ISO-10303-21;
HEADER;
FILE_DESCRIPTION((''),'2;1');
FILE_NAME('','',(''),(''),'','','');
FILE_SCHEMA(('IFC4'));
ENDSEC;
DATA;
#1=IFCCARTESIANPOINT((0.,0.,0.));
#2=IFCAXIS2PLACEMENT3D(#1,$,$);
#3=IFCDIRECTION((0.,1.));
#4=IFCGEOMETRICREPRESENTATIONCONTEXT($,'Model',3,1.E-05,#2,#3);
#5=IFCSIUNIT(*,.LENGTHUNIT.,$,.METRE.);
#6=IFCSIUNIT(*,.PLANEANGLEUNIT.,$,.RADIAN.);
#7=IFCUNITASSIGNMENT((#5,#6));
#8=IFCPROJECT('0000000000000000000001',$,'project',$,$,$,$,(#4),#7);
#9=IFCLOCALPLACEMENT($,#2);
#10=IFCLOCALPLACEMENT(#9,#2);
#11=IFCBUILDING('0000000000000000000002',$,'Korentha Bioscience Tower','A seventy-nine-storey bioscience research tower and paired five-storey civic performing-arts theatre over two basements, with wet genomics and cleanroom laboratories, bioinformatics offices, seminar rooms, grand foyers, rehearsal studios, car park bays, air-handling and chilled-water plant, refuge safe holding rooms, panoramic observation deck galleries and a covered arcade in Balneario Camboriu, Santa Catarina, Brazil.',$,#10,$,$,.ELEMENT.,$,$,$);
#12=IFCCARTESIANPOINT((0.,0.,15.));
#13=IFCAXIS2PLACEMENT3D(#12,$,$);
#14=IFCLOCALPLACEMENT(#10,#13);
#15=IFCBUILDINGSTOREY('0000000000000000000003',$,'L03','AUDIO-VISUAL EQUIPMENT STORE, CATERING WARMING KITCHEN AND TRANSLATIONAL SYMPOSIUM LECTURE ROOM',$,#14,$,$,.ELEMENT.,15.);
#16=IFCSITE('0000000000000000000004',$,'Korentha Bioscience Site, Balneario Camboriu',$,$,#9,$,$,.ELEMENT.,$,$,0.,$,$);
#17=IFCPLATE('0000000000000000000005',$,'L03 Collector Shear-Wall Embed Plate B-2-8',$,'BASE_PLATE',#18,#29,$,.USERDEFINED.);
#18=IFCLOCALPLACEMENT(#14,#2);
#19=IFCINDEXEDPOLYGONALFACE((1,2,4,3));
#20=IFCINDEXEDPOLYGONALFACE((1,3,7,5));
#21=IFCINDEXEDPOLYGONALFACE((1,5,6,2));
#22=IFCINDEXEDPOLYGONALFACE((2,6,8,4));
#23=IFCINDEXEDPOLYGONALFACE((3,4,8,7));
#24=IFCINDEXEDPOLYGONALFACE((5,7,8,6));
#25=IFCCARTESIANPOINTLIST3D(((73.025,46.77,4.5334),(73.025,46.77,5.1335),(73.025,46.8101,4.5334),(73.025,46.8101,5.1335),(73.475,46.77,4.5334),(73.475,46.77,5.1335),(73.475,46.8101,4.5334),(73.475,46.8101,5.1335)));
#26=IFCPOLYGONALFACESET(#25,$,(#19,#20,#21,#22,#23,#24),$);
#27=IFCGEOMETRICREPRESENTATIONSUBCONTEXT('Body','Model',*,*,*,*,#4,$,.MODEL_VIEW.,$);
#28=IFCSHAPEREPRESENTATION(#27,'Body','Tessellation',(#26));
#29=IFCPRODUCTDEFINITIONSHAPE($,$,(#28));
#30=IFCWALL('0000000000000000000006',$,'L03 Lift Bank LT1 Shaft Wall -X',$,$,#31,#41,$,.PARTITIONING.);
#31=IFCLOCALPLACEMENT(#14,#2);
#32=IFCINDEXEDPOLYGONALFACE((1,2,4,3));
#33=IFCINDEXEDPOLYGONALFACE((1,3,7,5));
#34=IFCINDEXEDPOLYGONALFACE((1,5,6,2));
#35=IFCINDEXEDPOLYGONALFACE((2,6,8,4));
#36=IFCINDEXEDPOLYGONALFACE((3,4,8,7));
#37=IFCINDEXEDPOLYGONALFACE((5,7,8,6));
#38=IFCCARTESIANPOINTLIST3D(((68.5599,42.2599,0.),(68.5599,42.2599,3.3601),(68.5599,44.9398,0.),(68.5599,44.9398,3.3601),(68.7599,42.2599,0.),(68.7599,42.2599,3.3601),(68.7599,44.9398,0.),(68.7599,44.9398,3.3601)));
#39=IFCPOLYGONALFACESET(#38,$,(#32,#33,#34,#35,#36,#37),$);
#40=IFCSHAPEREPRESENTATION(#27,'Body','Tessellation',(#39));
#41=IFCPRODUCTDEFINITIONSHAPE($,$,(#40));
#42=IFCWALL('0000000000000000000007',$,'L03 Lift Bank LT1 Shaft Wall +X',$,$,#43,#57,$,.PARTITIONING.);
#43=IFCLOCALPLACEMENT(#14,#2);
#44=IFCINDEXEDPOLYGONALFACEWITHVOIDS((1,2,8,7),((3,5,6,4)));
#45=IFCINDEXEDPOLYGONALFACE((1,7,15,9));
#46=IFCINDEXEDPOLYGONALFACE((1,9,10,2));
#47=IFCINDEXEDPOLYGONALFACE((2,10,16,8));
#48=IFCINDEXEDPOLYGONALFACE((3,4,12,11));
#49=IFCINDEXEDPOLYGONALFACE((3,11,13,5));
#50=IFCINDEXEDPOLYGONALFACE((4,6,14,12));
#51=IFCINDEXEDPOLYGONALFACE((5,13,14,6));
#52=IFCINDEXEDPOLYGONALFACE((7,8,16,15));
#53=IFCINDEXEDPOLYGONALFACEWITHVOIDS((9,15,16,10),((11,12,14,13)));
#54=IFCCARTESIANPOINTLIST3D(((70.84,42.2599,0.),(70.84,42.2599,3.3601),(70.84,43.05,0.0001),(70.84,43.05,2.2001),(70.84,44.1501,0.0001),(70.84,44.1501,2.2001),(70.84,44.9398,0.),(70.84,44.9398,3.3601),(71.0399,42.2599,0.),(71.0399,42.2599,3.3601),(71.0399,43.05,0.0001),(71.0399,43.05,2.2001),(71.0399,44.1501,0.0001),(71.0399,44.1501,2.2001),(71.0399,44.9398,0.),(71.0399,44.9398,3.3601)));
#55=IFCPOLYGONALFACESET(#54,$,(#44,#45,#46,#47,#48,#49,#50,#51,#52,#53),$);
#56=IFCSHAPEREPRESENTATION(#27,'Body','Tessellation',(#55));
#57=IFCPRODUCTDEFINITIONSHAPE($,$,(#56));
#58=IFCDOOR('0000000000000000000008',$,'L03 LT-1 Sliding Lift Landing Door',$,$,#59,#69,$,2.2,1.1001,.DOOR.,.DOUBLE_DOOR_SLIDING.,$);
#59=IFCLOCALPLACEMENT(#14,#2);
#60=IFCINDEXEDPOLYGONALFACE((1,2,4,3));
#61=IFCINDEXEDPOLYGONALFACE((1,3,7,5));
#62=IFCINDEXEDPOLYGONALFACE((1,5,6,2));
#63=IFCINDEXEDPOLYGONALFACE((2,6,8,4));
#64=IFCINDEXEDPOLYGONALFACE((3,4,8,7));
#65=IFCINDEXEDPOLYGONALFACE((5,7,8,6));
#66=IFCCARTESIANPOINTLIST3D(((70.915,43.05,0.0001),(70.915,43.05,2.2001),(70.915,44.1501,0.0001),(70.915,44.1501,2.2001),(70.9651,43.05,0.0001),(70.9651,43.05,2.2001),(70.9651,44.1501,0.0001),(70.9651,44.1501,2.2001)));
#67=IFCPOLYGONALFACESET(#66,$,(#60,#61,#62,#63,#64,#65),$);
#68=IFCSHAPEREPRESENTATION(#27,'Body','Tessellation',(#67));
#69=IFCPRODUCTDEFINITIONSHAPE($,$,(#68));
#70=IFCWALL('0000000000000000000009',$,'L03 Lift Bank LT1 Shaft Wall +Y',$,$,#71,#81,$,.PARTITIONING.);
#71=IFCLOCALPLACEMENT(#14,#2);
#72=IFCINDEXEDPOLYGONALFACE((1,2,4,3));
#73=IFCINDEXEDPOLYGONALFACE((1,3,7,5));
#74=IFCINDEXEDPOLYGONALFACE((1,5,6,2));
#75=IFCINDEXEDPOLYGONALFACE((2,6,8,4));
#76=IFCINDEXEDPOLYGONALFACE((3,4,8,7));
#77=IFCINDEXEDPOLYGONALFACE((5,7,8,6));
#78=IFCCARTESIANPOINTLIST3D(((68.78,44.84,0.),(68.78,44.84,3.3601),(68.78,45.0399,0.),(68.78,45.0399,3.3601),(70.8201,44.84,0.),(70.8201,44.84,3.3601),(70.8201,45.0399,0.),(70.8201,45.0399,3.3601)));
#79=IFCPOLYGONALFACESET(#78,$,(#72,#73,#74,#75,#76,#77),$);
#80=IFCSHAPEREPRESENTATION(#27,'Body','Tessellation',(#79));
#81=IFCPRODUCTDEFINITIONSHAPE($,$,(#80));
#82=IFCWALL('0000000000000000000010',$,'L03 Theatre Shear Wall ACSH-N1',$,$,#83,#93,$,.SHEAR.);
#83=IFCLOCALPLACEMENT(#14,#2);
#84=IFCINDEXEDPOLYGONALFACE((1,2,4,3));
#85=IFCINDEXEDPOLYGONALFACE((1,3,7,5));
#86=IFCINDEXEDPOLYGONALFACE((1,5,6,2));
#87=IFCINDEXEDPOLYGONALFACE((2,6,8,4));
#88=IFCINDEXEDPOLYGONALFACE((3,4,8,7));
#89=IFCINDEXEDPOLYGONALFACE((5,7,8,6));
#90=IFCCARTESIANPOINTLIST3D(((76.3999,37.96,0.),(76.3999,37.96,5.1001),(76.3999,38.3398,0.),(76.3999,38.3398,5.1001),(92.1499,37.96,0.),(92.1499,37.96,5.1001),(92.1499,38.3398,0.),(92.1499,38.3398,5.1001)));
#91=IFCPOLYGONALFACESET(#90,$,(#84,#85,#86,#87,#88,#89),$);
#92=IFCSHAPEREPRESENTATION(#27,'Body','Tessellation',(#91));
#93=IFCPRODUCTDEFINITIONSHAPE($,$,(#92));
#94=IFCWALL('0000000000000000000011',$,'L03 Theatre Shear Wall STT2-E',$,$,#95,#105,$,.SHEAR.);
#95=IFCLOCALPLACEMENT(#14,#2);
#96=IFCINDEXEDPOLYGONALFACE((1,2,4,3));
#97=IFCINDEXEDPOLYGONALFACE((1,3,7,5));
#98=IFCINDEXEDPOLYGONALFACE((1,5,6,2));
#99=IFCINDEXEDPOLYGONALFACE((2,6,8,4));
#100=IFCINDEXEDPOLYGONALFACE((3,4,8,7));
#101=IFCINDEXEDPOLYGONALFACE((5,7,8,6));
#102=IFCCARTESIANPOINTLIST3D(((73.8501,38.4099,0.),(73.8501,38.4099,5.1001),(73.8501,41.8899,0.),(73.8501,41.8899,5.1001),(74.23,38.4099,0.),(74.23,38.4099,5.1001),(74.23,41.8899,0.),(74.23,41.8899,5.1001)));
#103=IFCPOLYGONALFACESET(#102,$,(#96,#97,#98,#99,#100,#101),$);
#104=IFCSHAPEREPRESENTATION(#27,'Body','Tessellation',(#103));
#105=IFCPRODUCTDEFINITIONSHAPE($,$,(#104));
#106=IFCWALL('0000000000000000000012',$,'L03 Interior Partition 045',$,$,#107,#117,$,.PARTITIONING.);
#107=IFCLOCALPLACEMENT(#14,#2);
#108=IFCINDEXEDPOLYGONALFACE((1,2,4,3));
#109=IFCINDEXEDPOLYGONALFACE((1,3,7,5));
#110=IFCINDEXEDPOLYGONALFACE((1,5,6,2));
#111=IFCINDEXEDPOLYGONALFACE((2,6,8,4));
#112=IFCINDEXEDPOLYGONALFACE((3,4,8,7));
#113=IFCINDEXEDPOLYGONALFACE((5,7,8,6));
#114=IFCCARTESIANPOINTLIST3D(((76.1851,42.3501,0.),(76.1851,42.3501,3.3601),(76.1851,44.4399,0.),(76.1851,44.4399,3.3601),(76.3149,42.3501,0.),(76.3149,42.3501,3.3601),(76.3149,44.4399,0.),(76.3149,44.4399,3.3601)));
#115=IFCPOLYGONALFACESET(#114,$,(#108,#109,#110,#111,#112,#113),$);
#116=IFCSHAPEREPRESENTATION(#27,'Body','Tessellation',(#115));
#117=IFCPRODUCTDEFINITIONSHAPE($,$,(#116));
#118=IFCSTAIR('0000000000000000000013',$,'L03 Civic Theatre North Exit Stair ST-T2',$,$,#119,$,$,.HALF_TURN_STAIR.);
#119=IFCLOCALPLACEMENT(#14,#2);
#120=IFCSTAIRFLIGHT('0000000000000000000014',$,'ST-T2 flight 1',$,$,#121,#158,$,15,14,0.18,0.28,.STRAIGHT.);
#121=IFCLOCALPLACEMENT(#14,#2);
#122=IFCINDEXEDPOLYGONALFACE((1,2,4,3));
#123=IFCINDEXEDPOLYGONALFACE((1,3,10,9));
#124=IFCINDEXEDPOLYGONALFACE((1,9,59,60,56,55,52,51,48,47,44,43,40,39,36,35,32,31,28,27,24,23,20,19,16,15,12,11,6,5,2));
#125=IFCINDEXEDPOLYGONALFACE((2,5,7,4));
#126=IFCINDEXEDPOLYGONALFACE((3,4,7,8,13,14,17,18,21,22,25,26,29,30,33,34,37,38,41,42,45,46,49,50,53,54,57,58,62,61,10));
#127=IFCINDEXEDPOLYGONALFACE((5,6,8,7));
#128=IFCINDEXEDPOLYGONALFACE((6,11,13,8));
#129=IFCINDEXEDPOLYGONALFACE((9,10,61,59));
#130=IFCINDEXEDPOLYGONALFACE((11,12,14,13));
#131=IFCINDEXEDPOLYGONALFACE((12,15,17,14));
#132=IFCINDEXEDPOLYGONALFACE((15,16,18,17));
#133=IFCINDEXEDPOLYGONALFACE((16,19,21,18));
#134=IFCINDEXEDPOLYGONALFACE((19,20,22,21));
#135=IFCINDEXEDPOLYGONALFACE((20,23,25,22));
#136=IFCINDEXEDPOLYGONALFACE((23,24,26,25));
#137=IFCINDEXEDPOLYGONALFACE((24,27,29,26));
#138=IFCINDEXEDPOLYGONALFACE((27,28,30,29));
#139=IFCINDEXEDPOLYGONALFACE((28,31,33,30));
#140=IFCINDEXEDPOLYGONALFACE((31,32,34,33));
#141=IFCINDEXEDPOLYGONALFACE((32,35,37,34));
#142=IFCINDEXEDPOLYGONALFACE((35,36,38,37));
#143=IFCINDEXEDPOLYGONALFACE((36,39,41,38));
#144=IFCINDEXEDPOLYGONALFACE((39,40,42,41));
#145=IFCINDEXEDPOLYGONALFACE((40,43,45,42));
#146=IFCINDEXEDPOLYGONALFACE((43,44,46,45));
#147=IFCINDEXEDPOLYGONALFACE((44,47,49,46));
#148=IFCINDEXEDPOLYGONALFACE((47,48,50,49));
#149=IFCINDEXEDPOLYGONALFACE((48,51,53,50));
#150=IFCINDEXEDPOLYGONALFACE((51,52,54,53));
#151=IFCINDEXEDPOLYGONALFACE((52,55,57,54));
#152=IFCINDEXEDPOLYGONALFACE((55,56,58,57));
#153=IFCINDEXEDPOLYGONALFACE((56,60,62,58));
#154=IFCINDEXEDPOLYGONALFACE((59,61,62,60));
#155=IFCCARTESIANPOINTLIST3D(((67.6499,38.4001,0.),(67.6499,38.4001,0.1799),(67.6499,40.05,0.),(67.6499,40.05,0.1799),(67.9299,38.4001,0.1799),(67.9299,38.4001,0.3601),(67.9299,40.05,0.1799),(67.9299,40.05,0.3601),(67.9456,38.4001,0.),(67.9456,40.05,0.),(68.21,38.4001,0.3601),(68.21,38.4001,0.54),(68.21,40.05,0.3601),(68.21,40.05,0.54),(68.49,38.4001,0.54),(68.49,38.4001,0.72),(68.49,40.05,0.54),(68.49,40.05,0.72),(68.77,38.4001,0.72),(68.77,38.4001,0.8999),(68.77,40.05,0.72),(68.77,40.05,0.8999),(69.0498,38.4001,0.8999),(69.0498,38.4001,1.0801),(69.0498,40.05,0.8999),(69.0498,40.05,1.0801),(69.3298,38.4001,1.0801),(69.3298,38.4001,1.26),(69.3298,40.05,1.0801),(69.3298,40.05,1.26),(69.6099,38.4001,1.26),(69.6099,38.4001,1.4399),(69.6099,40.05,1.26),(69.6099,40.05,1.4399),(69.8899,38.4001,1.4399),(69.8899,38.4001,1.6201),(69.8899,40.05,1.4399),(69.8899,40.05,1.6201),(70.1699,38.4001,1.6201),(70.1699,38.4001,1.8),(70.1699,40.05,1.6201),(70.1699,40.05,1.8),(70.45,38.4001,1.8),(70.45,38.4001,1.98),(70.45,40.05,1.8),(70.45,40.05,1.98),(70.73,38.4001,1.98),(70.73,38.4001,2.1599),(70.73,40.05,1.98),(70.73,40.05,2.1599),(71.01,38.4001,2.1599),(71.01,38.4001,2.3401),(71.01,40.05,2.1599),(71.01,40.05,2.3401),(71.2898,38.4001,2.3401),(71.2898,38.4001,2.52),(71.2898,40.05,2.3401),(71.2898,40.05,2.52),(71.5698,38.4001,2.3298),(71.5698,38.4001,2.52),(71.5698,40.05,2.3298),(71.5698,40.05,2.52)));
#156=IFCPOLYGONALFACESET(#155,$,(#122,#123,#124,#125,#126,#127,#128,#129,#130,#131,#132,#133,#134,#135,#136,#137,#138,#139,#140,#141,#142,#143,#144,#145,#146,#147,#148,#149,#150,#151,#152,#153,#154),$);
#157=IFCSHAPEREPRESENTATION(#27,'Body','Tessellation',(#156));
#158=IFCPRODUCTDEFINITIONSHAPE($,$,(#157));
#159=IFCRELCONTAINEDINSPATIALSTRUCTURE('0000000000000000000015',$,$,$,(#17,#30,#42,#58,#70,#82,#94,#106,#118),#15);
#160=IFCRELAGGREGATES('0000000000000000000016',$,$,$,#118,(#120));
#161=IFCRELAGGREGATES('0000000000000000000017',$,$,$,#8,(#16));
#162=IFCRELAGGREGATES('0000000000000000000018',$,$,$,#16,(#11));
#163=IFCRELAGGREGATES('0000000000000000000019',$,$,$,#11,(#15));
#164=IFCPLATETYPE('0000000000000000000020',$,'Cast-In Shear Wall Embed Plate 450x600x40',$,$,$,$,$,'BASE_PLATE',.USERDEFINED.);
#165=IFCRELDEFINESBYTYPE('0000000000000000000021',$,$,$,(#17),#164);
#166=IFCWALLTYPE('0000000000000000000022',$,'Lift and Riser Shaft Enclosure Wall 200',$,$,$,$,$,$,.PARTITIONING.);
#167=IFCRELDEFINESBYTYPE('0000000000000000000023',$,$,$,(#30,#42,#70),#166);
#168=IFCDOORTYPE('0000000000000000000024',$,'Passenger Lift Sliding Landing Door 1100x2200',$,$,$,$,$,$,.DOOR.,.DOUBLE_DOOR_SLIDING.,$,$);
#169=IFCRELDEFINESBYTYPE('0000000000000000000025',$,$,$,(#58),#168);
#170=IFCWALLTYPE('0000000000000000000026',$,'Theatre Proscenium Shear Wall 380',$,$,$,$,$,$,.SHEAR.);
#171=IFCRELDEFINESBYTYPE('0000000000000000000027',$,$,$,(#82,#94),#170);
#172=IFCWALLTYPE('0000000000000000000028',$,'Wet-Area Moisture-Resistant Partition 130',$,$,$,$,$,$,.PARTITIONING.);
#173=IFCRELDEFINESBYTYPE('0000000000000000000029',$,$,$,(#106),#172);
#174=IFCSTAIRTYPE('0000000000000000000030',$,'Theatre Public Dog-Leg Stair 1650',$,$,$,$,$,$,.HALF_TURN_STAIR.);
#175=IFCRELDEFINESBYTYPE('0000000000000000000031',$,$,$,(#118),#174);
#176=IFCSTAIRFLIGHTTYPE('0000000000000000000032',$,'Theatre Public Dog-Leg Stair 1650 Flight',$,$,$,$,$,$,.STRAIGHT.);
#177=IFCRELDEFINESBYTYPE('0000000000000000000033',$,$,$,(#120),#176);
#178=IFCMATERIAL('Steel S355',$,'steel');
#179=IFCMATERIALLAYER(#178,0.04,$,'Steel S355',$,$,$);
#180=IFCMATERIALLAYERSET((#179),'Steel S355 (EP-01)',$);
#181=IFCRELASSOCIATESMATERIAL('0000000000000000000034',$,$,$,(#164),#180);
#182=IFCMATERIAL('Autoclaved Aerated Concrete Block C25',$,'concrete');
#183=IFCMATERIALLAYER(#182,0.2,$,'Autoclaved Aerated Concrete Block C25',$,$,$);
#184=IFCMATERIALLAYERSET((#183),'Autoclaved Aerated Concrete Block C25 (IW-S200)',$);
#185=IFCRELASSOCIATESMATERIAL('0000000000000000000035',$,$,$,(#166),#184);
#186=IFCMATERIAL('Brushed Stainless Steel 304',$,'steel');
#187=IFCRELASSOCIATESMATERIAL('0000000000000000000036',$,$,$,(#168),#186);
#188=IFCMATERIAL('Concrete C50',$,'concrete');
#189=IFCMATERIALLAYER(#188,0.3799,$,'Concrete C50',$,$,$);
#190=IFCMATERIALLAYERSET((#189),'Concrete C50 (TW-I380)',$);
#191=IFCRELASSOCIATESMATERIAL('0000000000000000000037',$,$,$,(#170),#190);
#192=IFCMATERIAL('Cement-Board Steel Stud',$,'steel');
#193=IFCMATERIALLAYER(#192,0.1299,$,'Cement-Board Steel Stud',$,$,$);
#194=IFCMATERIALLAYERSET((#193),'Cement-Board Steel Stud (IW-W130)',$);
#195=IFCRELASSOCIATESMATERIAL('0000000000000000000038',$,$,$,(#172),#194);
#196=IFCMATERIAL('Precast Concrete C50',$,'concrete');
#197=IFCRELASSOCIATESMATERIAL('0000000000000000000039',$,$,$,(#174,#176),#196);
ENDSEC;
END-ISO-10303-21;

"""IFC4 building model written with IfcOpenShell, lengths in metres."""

from ifc_helpers import new_model, si_unit, direction, frame, frame_2d, origin, origin_2d, place, context, subcontext, project, spatial, polyline, rectangle, outline, extrude, material, layer, layer_set, type_object, element, fill, aggregate, save


model = new_model("IFC4")

# Units and contexts
model_context = context("Model", 3, precision=1e-05, world=origin(), true_north=direction((0.0, 1.0)))
body_context = subcontext(model_context, "Body", "Model", "MODEL_VIEW")
ifc_project = project(units=[si_unit("LENGTHUNIT", "METRE"), si_unit("PLANEANGLEUNIT", "RADIAN")], contexts=[model_context])

# Site, building, storey
site_placement = place(None, origin())
site = spatial("IfcSite", under=ifc_project, at=site_placement, Name="Korentha Bioscience Site, Balneario Camboriu", CompositionType="ELEMENT", RefElevation=0.0)
building_placement = place(site_placement, origin())
building = spatial("IfcBuilding", under=site, at=building_placement, Name="Korentha Bioscience Tower", Description="A seventy-nine-storey bioscience research tower and paired five-storey civic performing-arts theatre over two basements, with wet genomics and cleanroom laboratories, bioinformatics offices, seminar rooms, grand foyers, rehearsal studios, car park bays, air-handling and chilled-water plant, refuge safe holding rooms, panoramic observation deck galleries and a covered arcade in Balneario Camboriu, Santa Catarina, Brazil.", CompositionType="ELEMENT")
storey_placement = place(building_placement, frame((0.0, 0.0, 15.0)))
storey = spatial("IfcBuildingStorey", under=building, at=storey_placement, Name="L03", Description="AUDIO-VISUAL EQUIPMENT STORE, CATERING WARMING KITCHEN AND TRANSLATIONAL SYMPOSIUM LECTURE ROOM", CompositionType="ELEMENT", Elevation=15.0)

# Shared definitions
ifc_material_1 = material(Name="Concrete C50", Category="concrete")

# Shared definitions
ifc_material_2 = material(Name="Steel S355", Category="steel")

# Plate
ifc_layer_1 = layer(ifc_material_2, 0.04, Name="Steel S355")
ifc_layer_set_1 = layer_set([ifc_layer_1], Name="Steel S355 (EP-01)")
plate_type = type_object("IfcPlateType", Name="Cast-In Shear Wall Embed Plate 450x600x40", ElementType="BASE_PLATE", PredefinedType="USERDEFINED", material=ifc_layer_set_1)
for number, where, z_axis, x_axis, name in (
    (1, (73.25, 46.79, 4.5334), (0.0, 0.0, 1.0), (1.0, 0.0, 0.0), "L03 Collector Shear-Wall Embed Plate B-2-8"),
):
    element("IfcPlate", number, at=place(storey_placement, frame(where, z_axis=z_axis, x_axis=x_axis)), inside=storey, type_object=plate_type, Name=name, ObjectType="BASE_PLATE", PredefinedType="USERDEFINED", context=body_context, shape_type="SweptSolid", body=[
        extrude(rectangle(XDim=0.45, YDim=0.04, at=origin_2d()), origin(), (0.0, 0.0, 1.0), 0.6001),
    ])

# Wall
ifc_material_3 = material(Name="Autoclaved Aerated Concrete Block C25", Category="concrete")
ifc_layer_2 = layer(ifc_material_3, 0.2, Name="Autoclaved Aerated Concrete Block C25")
ifc_layer_set_2 = layer_set([ifc_layer_2], Name="Autoclaved Aerated Concrete Block C25 (IW-S200)")
wall_type_1 = type_object("IfcWallType", Name="Lift and Riser Shaft Enclosure Wall 200", PredefinedType="PARTITIONING", material=ifc_layer_set_2)
wall_1_placement = place(storey_placement, frame((68.6599, 42.26, 0.0), z_axis=(0.0, 0.0, 1.0), x_axis=(0.0, 1.0, 0.0)))
element("IfcWall", 2, at=wall_1_placement, inside=storey, type_object=wall_type_1, Name="L03 Lift Bank LT1 Shaft Wall -X", PredefinedType="PARTITIONING", context=body_context, shape_type="SweptSolid", body=[
    extrude(rectangle(XDim=2.6799, YDim=0.2, at=frame_2d((1.3398, 0.0))), origin(), (0.0, 0.0, 1.0), 3.3601),
])

# Wall, opening, door
wall_2_placement = place(storey_placement, frame((70.9399, 42.26, 0.0), z_axis=(0.0, 0.0, 1.0), x_axis=(0.0, 1.0, 0.0)))
wall_2 = element("IfcWall", 3, at=wall_2_placement, inside=storey, type_object=wall_type_1, Name="L03 Lift Bank LT1 Shaft Wall +X", PredefinedType="PARTITIONING", context=body_context, shape_type="SweptSolid", body=[
    extrude(rectangle(XDim=2.6799, YDim=0.2, at=frame_2d((1.3398, 0.0))), origin(), (0.0, 0.0, 1.0), 3.3601),
])
opening_1_placement = place(wall_2_placement, frame((0.79, 0.0, 0.0)))
opening_1 = element("IfcOpeningElement", 4, at=opening_1_placement, cuts=wall_2, PredefinedType="OPENING", context=body_context, shape_type="SweptSolid", body=[
    extrude(rectangle(XDim=1.1001, YDim=2.2, at=frame_2d((0.55, 1.1001))), frame((0.0, 0.1147, 0.0), z_axis=(0.0, -1.0, 0.0), x_axis=(1.0, 0.0, 0.0)), (0.0, 0.0, 1.0), 0.2297),
])
ifc_material_4 = material(Name="Brushed Stainless Steel 304", Category="steel")
door_type_1 = type_object("IfcDoorType", Name="Passenger Lift Sliding Landing Door 1100x2200", OperationType="DOUBLE_DOOR_SLIDING", PredefinedType="DOOR", material=ifc_material_4)
door_1_placement = place(opening_1_placement, origin())
door_1 = element("IfcDoor", 5, at=door_1_placement, inside=storey, type_object=door_type_1, Name="L03 LT-1 Sliding Lift Landing Door", OperationType="DOUBLE_DOOR_SLIDING", OverallHeight=2.2, OverallWidth=1.1001, PredefinedType="DOOR", context=body_context, shape_type="SweptSolid", body=[
    extrude(rectangle(XDim=1.1001, YDim=2.2, at=frame_2d((0.55, 1.1001))), frame((0.0, 0.0249, 0.0), z_axis=(0.0, -1.0, 0.0), x_axis=(1.0, 0.0, 0.0)), (0.0, 0.0, 1.0), 0.05),
])
fill(opening_1, door_1)

# Walls
wall_3_placement = place(storey_placement, frame((68.78, 44.9399, 0.0), z_axis=(0.0, 0.0, 1.0), x_axis=(1.0, 0.0, 0.0)))
element("IfcWall", 6, at=wall_3_placement, inside=storey, type_object=wall_type_1, Name="L03 Lift Bank LT1 Shaft Wall +Y", PredefinedType="PARTITIONING", context=body_context, shape_type="SweptSolid", body=[
    extrude(rectangle(XDim=2.04, YDim=0.2, at=frame_2d((1.02, 0.0))), origin(), (0.0, 0.0, 1.0), 3.3601),
])
ifc_layer_3 = layer(ifc_material_1, 0.3799, Name="Concrete C50")
ifc_layer_set_3 = layer_set([ifc_layer_3], Name="Concrete C50 (TW-I380)")
wall_type_2 = type_object("IfcWallType", Name="Theatre Proscenium Shear Wall 380", PredefinedType="SHEAR", material=ifc_layer_set_3)
wall_4_placement = place(storey_placement, frame((76.3999, 38.1499, 0.0), z_axis=(0.0, 0.0, 1.0), x_axis=(1.0, 0.0, 0.0)))
element("IfcWall", 7, at=wall_4_placement, inside=storey, type_object=wall_type_2, Name="L03 Theatre Shear Wall ACSH-N1", PredefinedType="SHEAR", context=body_context, shape_type="SweptSolid", body=[
    extrude(rectangle(XDim=15.75, YDim=0.3799, at=frame_2d((7.875, 0.0))), origin(), (0.0, 0.0, 1.0), 5.1001),
])
wall_5_placement = place(storey_placement, frame((74.04, 38.4099, 0.0), z_axis=(0.0, 0.0, 1.0), x_axis=(0.0, 1.0, 0.0)))
element("IfcWall", 8, at=wall_5_placement, inside=storey, type_object=wall_type_2, Name="L03 Theatre Shear Wall STT2-E", PredefinedType="SHEAR", context=body_context, shape_type="SweptSolid", body=[
    extrude(rectangle(XDim=3.48, YDim=0.3799, at=frame_2d((1.74, 0.0))), origin(), (0.0, 0.0, 1.0), 5.1001),
])

# Shared definitions
ifc_material_5 = material(Name="Cement-Board Steel Stud", Category="steel")
ifc_layer_4 = layer(ifc_material_5, 0.1299, Name="Cement-Board Steel Stud")
ifc_layer_set_4 = layer_set([ifc_layer_4], Name="Cement-Board Steel Stud (IW-W130)")
wall_type_3 = type_object("IfcWallType", Name="Wet-Area Moisture-Resistant Partition 130", PredefinedType="PARTITIONING", material=ifc_layer_set_4)

# Wall
wall_6_placement = place(storey_placement, frame((76.25, 42.3501, 0.0), z_axis=(0.0, 0.0, 1.0), x_axis=(0.0, 1.0, 0.0)))
element("IfcWall", 9, at=wall_6_placement, inside=storey, type_object=wall_type_3, Name="L03 Interior Partition 045", PredefinedType="PARTITIONING", context=body_context, shape_type="SweptSolid", body=[
    extrude(rectangle(XDim=2.0898, YDim=0.1299, at=frame_2d((1.0449, 0.0))), origin(), (0.0, 0.0, 1.0), 3.3601),
])

# Stair, stair flight
ifc_material_6 = material(Name="Precast Concrete C50", Category="concrete")
stair_type = type_object("IfcStairType", Name="Theatre Public Dog-Leg Stair 1650", PredefinedType="HALF_TURN_STAIR", material=ifc_material_6)
stair_placement = place(storey_placement, origin())
stair = element("IfcStair", 10, at=stair_placement, inside=storey, type_object=stair_type, Name="L03 Civic Theatre North Exit Stair ST-T2", PredefinedType="HALF_TURN_STAIR")
stair_flight_type = type_object("IfcStairFlightType", Name="Theatre Public Dog-Leg Stair 1650 Flight", PredefinedType="STRAIGHT", material=ifc_material_6)
stair_flight_1_placement = place(storey_placement, frame((67.6499, 39.2251, 0.0), z_axis=(0.0, 0.0, 1.0), x_axis=(1.0, 0.0, 0.0)))
stair_flight_1 = element("IfcStairFlight", 11, at=stair_flight_1_placement, type_object=stair_flight_type, Name="ST-T2 flight 1", NumberOfRisers=15, NumberOfTreads=14, PredefinedType="STRAIGHT", RiserHeight=0.18, TreadLength=0.28, context=body_context, shape_type="SweptSolid", body=[
    extrude(outline(polyline([(0.0, 0.0), (0.0, 0.1799), (0.28, 0.1799), (0.28, 0.3601), (0.5601, 0.3601), (0.5601, 0.54), (0.8401, 0.54), (0.8401, 0.72), (1.1201, 0.72), (1.1201, 0.8999), (1.3999, 0.8999), (1.3999, 1.0801), (1.6799, 1.0801), (1.6799, 1.26), (1.96, 1.26), (1.96, 1.4399), (2.24, 1.4399), (2.24, 1.6201), (2.52, 1.6201), (2.52, 1.8), (2.8, 1.8), (2.8, 1.98), (3.0801, 1.98), (3.0801, 2.1599), (3.3601, 2.1599), (3.3601, 2.3401), (3.6399, 2.3401), (3.6399, 2.52), (3.9199, 2.52), (3.9199, 2.7), (3.9199, 2.3298), (0.2957, 0.0), (0.0, 0.0)])), frame((0.0, 0.825, 0.0), z_axis=(0.0, -1.0, 0.0), x_axis=(1.0, 0.0, 0.0)), (0.0, 0.0, 1.0), 1.6499),
])
aggregate(stair, [stair_flight_1])

save(model, "model.ifc")
